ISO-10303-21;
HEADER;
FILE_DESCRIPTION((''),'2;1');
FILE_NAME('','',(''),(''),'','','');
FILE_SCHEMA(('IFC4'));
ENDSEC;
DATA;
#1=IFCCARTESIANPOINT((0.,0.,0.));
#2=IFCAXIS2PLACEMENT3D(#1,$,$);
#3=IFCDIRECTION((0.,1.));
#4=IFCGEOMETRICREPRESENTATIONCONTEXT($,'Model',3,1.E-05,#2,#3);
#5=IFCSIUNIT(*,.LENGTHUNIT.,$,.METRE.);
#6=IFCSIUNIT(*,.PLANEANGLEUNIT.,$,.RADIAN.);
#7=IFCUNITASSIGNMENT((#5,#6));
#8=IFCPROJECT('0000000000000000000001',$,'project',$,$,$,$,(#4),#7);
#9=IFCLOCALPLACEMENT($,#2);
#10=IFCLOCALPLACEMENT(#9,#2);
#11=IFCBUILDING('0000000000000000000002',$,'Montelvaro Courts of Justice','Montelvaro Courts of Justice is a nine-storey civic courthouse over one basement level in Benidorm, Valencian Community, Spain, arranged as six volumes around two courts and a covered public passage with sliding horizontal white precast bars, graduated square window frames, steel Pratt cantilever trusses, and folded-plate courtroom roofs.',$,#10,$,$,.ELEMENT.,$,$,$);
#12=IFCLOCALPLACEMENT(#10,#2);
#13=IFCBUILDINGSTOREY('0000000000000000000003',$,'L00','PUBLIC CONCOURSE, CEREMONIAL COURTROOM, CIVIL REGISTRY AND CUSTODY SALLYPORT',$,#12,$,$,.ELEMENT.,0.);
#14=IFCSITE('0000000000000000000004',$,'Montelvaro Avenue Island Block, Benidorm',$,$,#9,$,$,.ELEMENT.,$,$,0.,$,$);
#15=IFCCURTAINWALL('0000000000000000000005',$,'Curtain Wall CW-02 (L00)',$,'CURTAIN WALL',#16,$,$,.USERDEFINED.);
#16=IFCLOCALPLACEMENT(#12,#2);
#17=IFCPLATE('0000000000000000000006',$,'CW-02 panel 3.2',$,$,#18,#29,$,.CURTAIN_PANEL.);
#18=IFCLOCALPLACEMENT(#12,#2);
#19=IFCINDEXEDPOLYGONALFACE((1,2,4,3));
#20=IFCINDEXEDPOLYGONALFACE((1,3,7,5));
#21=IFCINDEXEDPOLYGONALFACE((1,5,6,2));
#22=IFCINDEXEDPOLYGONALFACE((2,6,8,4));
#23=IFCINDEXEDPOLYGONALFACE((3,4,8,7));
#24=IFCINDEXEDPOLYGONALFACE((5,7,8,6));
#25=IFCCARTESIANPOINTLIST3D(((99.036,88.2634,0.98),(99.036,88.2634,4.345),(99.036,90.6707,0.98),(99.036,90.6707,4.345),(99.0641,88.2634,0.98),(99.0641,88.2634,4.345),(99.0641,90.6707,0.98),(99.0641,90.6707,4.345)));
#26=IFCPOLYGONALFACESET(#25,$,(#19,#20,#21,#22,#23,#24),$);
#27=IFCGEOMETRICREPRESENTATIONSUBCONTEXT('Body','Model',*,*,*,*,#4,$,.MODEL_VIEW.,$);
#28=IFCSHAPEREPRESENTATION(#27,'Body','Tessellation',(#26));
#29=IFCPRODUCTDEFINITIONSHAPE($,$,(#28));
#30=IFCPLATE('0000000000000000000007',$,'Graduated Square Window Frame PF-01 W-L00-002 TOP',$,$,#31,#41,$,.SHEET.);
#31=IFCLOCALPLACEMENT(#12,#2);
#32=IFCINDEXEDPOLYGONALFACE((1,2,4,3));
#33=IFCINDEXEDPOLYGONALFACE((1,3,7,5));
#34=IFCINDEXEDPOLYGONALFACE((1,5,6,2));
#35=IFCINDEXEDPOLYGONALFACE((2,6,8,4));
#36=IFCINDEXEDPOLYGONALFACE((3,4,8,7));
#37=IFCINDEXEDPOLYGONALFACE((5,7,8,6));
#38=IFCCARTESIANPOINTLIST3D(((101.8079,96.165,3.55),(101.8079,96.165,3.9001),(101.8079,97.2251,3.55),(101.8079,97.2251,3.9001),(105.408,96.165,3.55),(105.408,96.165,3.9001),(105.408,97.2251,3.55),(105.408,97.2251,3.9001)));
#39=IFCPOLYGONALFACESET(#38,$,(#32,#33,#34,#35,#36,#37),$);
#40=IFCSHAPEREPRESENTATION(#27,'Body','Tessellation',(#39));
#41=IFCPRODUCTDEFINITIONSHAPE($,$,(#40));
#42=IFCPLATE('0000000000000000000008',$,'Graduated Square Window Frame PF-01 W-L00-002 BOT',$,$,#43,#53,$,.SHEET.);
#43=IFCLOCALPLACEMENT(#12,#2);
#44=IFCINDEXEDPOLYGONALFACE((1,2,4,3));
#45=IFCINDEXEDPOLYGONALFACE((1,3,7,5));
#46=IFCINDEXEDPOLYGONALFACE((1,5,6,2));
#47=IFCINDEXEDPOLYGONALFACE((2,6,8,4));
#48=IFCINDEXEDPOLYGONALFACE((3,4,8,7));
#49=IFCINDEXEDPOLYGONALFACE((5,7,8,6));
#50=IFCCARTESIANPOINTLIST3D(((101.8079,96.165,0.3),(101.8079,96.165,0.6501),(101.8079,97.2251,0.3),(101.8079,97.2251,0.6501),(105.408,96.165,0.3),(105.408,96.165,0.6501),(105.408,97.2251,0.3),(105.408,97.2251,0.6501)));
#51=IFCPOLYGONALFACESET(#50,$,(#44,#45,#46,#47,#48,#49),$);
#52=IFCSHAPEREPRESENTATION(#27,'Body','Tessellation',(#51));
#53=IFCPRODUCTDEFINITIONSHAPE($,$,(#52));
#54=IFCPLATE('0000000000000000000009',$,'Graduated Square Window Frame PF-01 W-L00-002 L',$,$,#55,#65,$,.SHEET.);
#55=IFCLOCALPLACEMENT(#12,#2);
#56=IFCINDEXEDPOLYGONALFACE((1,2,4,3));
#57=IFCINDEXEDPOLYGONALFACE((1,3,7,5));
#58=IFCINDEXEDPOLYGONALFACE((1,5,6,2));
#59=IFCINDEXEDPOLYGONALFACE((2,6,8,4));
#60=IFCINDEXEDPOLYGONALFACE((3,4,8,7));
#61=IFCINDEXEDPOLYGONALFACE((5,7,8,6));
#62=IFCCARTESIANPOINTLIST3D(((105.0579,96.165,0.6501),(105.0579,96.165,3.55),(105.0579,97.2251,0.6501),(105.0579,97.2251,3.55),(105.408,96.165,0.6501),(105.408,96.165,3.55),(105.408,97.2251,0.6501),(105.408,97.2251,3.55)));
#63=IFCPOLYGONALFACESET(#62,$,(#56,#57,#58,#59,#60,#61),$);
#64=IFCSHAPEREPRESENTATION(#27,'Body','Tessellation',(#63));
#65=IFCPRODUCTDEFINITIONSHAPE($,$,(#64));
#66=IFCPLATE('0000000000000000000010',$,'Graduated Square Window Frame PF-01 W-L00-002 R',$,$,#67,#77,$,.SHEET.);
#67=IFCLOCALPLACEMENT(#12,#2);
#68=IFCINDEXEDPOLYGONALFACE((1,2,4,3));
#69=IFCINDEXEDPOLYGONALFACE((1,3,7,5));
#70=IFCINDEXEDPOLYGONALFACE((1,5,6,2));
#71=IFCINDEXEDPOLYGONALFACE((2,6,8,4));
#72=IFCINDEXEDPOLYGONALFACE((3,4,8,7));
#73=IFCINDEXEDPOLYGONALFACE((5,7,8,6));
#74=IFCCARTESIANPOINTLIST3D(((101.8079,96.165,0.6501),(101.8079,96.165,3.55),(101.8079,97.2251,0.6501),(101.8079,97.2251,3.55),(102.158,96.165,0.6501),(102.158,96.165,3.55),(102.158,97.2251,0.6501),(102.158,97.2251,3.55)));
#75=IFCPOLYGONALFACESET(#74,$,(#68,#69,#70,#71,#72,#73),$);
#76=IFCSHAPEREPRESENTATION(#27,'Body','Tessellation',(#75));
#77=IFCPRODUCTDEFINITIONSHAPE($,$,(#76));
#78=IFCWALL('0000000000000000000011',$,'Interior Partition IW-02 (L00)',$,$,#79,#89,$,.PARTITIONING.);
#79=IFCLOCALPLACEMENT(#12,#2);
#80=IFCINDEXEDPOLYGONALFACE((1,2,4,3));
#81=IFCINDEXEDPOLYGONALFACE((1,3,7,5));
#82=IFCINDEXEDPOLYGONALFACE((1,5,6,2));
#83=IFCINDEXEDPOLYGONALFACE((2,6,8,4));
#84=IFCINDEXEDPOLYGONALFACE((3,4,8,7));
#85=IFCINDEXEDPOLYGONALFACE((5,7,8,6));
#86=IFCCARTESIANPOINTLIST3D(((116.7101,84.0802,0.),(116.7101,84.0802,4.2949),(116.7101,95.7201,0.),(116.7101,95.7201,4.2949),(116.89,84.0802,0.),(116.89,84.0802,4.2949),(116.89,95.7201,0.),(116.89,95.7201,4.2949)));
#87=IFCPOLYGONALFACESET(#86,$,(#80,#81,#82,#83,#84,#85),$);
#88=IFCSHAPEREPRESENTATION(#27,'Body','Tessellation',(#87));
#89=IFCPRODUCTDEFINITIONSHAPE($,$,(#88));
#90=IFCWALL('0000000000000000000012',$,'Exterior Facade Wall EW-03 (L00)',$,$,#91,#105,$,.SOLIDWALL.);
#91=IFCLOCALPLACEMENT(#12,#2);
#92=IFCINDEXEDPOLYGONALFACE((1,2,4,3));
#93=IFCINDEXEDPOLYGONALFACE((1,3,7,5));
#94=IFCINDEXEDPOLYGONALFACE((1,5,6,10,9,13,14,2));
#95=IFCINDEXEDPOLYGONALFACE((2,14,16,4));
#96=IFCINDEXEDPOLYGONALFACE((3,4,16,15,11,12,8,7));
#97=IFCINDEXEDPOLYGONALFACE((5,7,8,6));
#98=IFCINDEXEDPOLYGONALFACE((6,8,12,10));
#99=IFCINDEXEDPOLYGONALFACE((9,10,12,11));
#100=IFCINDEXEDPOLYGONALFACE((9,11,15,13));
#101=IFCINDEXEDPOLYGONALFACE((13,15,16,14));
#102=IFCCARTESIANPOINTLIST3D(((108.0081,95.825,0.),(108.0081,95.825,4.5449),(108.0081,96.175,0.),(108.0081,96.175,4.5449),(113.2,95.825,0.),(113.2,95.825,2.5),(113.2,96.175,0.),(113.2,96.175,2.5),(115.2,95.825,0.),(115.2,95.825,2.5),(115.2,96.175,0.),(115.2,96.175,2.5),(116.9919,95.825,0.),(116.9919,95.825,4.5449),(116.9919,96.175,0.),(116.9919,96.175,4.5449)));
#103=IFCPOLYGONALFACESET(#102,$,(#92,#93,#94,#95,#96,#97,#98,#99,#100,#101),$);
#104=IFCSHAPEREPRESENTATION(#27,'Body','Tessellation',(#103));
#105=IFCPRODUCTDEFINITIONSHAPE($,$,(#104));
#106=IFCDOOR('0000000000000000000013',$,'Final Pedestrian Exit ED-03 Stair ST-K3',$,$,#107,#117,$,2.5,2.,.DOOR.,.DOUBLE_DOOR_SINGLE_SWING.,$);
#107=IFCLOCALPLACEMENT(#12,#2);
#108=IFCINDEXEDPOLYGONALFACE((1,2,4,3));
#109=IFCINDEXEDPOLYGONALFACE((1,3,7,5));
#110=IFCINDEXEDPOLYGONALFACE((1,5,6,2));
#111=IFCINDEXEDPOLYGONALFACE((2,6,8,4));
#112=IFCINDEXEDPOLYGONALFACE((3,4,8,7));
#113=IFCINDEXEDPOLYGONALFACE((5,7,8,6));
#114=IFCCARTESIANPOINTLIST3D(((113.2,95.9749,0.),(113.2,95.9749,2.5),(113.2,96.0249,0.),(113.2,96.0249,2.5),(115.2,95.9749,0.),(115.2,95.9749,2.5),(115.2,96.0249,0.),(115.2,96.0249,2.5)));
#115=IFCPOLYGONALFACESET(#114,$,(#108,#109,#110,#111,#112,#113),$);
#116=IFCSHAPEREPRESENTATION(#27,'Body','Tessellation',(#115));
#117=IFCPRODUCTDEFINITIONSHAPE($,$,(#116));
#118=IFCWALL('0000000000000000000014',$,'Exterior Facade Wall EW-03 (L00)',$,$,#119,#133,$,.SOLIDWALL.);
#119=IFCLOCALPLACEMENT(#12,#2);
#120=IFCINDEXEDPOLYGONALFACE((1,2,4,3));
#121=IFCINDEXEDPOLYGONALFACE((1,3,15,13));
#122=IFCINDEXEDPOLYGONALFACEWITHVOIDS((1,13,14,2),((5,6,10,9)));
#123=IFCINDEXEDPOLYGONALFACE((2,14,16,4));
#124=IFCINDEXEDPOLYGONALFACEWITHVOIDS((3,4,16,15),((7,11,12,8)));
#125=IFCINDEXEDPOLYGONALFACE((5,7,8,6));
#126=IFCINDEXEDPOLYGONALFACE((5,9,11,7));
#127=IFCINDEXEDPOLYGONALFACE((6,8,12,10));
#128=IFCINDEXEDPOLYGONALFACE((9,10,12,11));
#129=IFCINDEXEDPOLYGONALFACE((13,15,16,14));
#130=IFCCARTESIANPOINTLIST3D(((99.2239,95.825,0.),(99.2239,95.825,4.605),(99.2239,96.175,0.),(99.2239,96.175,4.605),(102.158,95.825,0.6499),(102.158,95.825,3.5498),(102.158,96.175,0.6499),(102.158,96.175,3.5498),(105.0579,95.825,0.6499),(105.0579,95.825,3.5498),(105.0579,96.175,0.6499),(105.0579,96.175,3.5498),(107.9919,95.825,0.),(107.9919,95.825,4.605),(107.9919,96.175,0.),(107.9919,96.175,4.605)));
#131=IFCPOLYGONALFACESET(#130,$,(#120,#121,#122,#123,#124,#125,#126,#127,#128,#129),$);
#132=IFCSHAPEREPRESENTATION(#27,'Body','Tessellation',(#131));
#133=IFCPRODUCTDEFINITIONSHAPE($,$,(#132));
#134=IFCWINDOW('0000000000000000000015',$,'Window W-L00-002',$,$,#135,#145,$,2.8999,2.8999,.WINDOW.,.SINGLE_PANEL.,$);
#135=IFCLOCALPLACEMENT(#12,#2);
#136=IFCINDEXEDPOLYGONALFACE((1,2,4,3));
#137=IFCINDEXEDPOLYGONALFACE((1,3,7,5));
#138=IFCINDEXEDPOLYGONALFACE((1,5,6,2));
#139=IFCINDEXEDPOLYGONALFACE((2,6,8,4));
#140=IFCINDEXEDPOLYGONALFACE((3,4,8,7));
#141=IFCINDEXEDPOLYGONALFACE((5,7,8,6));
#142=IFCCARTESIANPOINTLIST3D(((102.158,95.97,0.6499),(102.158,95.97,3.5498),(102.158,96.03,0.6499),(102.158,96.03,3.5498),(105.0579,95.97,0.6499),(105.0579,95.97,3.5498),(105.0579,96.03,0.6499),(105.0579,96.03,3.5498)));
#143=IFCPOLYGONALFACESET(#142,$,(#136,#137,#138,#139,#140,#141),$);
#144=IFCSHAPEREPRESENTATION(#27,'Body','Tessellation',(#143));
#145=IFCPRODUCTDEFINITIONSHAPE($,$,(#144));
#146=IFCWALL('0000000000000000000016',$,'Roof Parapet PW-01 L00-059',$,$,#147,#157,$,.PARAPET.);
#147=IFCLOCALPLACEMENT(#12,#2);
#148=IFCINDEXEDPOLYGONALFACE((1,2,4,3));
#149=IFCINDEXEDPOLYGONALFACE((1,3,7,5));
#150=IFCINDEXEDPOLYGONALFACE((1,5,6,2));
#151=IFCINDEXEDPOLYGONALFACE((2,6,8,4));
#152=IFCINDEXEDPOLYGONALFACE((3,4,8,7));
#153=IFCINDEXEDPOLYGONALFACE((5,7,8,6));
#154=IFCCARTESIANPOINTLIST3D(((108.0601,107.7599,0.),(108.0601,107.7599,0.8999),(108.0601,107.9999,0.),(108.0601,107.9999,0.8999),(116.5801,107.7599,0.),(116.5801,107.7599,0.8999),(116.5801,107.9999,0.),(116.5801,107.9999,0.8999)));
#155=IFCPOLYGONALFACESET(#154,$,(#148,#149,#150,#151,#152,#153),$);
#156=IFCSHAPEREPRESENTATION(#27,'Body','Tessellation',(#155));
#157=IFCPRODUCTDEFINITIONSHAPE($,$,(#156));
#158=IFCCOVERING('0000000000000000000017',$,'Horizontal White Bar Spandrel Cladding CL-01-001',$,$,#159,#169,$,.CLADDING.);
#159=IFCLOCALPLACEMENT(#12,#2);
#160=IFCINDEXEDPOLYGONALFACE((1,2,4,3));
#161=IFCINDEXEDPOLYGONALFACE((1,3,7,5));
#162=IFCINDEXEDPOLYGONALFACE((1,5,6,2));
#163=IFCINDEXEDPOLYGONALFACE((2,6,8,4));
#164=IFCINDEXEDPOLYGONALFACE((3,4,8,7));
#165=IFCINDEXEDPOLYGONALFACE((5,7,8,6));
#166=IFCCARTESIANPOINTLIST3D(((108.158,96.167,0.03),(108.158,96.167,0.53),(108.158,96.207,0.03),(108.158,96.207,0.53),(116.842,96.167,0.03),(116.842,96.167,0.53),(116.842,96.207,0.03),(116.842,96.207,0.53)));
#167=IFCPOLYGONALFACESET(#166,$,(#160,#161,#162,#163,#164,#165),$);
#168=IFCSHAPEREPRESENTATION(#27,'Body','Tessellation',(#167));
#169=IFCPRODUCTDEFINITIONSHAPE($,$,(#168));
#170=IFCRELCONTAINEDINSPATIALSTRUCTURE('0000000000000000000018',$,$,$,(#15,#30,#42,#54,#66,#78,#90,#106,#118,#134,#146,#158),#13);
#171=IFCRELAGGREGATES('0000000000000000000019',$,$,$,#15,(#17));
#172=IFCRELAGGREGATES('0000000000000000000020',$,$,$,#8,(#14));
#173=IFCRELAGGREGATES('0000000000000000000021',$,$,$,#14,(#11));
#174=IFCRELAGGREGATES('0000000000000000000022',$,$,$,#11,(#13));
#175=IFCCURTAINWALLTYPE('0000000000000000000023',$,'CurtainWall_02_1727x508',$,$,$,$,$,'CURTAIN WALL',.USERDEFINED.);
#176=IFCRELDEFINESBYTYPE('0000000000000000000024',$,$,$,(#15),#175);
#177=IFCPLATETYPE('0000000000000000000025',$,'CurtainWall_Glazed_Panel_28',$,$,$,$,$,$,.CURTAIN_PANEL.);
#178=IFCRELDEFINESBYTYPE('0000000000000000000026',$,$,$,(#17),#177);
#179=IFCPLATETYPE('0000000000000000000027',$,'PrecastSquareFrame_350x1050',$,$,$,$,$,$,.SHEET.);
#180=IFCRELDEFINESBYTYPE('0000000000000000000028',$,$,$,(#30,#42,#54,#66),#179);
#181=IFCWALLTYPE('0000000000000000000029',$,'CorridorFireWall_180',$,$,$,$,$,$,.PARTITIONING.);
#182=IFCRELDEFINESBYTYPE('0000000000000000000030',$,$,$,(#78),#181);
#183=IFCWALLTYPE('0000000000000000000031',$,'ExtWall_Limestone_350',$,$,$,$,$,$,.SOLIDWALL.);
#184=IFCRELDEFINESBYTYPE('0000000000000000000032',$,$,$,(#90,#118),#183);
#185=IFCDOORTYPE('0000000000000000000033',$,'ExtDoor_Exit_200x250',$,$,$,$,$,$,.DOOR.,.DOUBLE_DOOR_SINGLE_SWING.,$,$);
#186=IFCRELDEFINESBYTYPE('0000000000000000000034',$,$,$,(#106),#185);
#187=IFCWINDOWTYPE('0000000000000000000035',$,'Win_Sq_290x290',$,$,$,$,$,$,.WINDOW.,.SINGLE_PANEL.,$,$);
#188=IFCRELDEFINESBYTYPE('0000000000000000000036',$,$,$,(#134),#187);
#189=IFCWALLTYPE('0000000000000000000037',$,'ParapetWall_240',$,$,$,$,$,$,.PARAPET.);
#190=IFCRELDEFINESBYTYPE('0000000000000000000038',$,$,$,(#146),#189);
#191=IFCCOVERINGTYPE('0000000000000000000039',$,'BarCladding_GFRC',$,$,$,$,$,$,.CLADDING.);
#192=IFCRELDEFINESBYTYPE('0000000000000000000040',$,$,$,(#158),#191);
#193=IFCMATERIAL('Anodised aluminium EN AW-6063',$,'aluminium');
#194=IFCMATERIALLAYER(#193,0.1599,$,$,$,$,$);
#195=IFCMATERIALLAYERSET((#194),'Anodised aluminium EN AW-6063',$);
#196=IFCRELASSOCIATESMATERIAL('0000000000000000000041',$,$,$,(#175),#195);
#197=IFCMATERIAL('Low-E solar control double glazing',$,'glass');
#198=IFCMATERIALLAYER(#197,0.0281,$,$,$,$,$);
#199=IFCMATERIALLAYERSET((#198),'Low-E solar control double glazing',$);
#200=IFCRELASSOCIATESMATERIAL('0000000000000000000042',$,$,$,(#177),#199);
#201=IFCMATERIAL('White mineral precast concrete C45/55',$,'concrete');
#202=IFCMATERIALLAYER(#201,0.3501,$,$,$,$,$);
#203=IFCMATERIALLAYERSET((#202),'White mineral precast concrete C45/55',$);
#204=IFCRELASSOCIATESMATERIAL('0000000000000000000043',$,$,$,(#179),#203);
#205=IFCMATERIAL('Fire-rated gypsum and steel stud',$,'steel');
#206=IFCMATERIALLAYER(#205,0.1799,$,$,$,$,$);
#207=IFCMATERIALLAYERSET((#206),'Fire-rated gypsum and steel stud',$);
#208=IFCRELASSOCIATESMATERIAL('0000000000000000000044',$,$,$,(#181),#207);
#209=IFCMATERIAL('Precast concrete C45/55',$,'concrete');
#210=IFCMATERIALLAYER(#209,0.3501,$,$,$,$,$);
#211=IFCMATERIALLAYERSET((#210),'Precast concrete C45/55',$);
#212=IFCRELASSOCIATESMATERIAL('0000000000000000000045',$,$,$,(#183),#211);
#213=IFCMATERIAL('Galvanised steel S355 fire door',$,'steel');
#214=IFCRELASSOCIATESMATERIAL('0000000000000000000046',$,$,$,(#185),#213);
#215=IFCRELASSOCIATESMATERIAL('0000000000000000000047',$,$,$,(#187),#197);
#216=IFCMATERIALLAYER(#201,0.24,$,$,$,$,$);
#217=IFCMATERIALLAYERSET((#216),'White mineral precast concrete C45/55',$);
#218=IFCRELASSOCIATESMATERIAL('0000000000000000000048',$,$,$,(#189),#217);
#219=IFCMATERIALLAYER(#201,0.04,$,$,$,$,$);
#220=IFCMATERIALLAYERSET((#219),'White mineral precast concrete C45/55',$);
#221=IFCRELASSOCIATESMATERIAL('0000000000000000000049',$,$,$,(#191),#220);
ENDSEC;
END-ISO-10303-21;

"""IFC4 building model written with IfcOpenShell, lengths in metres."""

from ifc_helpers import new_model, si_unit, direction, frame, frame_2d, origin, origin_2d, place, context, subcontext, project, spatial, rectangle, extrude, material, layer, layer_set, type_object, element, fill, aggregate, save


model = new_model("IFC4")

# Units and contexts
model_context = context("Model", 3, precision=1e-05, world=origin(), true_north=direction((0.0, 1.0)))
body_context = subcontext(model_context, "Body", "Model", "MODEL_VIEW")
ifc_project = project(units=[si_unit("LENGTHUNIT", "METRE"), si_unit("PLANEANGLEUNIT", "RADIAN")], contexts=[model_context])

# Site, building, storey
site_placement = place(None, origin())
site = spatial("IfcSite", under=ifc_project, at=site_placement, Name="Montelvaro Avenue Island Block, Benidorm", CompositionType="ELEMENT", RefElevation=0.0)
building_placement = place(site_placement, origin())
building = spatial("IfcBuilding", under=site, at=building_placement, Name="Montelvaro Courts of Justice", Description="Montelvaro Courts of Justice is a nine-storey civic courthouse over one basement level in Benidorm, Valencian Community, Spain, arranged as six volumes around two courts and a covered public passage with sliding horizontal white precast bars, graduated square window frames, steel Pratt cantilever trusses, and folded-plate courtroom roofs.", CompositionType="ELEMENT")
storey_placement = place(building_placement, origin())
storey = spatial("IfcBuildingStorey", under=building, at=storey_placement, Name="L00", Description="PUBLIC CONCOURSE, CEREMONIAL COURTROOM, CIVIL REGISTRY AND CUSTODY SALLYPORT", CompositionType="ELEMENT", Elevation=0.0)

# Curtain wall, plate
ifc_material_1 = material(Name="Anodised aluminium EN AW-6063", Category="aluminium")
ifc_layer_1 = layer(ifc_material_1, 0.1599)
ifc_layer_set_1 = layer_set([ifc_layer_1], Name="Anodised aluminium EN AW-6063")
curtain_wall_type = type_object("IfcCurtainWallType", Name="CurtainWall_02_1727x508", ElementType="CURTAIN WALL", PredefinedType="USERDEFINED", material=ifc_layer_set_1)
curtain_wall_placement = place(storey_placement, origin())
curtain_wall = element("IfcCurtainWall", 1, at=curtain_wall_placement, inside=storey, type_object=curtain_wall_type, Name="Curtain Wall CW-02 (L00)", ObjectType="CURTAIN WALL", PredefinedType="USERDEFINED")
ifc_material_2 = material(Name="Low-E solar control double glazing", Category="glass")
ifc_layer_2 = layer(ifc_material_2, 0.0281)
ifc_layer_set_2 = layer_set([ifc_layer_2], Name="Low-E solar control double glazing")
plate_type_1 = type_object("IfcPlateType", Name="CurtainWall_Glazed_Panel_28", PredefinedType="CURTAIN_PANEL", material=ifc_layer_set_2)
plate_1_placement = place(storey_placement, frame((99.05, 89.467, 0.98), z_axis=(0.0, 0.0, 1.0), x_axis=(0.0, -1.0, 0.0)))
plate_1 = element("IfcPlate", 2, at=plate_1_placement, type_object=plate_type_1, Name="CW-02 panel 3.2", PredefinedType="CURTAIN_PANEL", context=body_context, shape_type="SweptSolid", body=[
    extrude(rectangle(XDim=2.4072, YDim=0.0281, at=origin_2d()), origin(), (0.0, 0.0, 1.0), 3.365),
])
aggregate(curtain_wall, [plate_1])

# Plates
ifc_material_3 = material(Name="White mineral precast concrete C45/55", Category="concrete")
ifc_layer_3 = layer(ifc_material_3, 0.3501)
ifc_layer_set_3 = layer_set([ifc_layer_3], Name="White mineral precast concrete C45/55")
plate_type_2 = type_object("IfcPlateType", Name="PrecastSquareFrame_350x1050", PredefinedType="SHEET", material=ifc_layer_set_3)
for number, where, z_axis, x_axis, name in (
    (3, (103.6079, 96.6951, 3.55), (0.0, 0.0, 1.0), (-1.0, 0.0, 0.0), "Graduated Square Window Frame PF-01 W-L00-002 TOP"),
    (4, (103.6079, 96.6951, 0.3), (0.0, 0.0, 1.0), (-1.0, 0.0, 0.0), "Graduated Square Window Frame PF-01 W-L00-002 BOT"),
):
    element("IfcPlate", number, at=place(storey_placement, frame(where, z_axis=z_axis, x_axis=x_axis)), inside=storey, type_object=plate_type_2, Name=name, PredefinedType="SHEET", context=body_context, shape_type="SweptSolid", body=[
        extrude(rectangle(XDim=3.6001, YDim=1.0601, at=origin_2d()), origin(), (0.0, 0.0, 1.0), 0.3501),
    ])
for number, where, z_axis, x_axis, name in (
    (5, (105.2329, 96.6951, 0.6501), (0.0, 0.0, 1.0), (-1.0, 0.0, 0.0), "Graduated Square Window Frame PF-01 W-L00-002 L"),
    (6, (101.9829, 96.6951, 0.6501), (0.0, 0.0, 1.0), (-1.0, 0.0, 0.0), "Graduated Square Window Frame PF-01 W-L00-002 R"),
):
    element("IfcPlate", number, at=place(storey_placement, frame(where, z_axis=z_axis, x_axis=x_axis)), inside=storey, type_object=plate_type_2, Name=name, PredefinedType="SHEET", context=body_context, shape_type="SweptSolid", body=[
        extrude(rectangle(XDim=0.3501, YDim=1.0601, at=origin_2d()), origin(), (0.0, 0.0, 1.0), 2.8999),
    ])

# Wall
ifc_material_4 = material(Name="Fire-rated gypsum and steel stud", Category="steel")
ifc_layer_4 = layer(ifc_material_4, 0.1799)
ifc_layer_set_4 = layer_set([ifc_layer_4], Name="Fire-rated gypsum and steel stud")
wall_type_1 = type_object("IfcWallType", Name="CorridorFireWall_180", PredefinedType="PARTITIONING", material=ifc_layer_set_4)
wall_1_placement = place(storey_placement, frame((116.8, 95.72, 0.0), z_axis=(0.0, 0.0, 1.0), x_axis=(0.0, -1.0, 0.0)))
element("IfcWall", 7, at=wall_1_placement, inside=storey, type_object=wall_type_1, Name="Interior Partition IW-02 (L00)", PredefinedType="PARTITIONING", context=body_context, shape_type="SweptSolid", body=[
    extrude(rectangle(XDim=11.6399, YDim=0.1799, at=frame_2d((5.8198, 0.0))), origin(), (0.0, 0.0, 1.0), 4.2949),
])

# Wall, opening, door
ifc_material_5 = material(Name="Precast concrete C45/55", Category="concrete")
ifc_layer_5 = layer(ifc_material_5, 0.3501)
ifc_layer_set_5 = layer_set([ifc_layer_5], Name="Precast concrete C45/55")
wall_type_2 = type_object("IfcWallType", Name="ExtWall_Limestone_350", PredefinedType="SOLIDWALL", material=ifc_layer_set_5)
wall_2_placement = place(storey_placement, frame((116.9919, 96.0, 0.0), z_axis=(0.0, 0.0, 1.0), x_axis=(-1.0, 0.0, 0.0)))
wall_2 = element("IfcWall", 8, at=wall_2_placement, inside=storey, type_object=wall_type_2, Name="Exterior Facade Wall EW-03 (L00)", PredefinedType="SOLIDWALL", context=body_context, shape_type="SweptSolid", body=[
    extrude(rectangle(XDim=8.9839, YDim=0.3501, at=frame_2d((4.4919, 0.0))), origin(), (0.0, 0.0, 1.0), 4.5449),
])
opening_1_placement = place(wall_2_placement, frame((1.792, 0.0, 0.0)))
opening_1 = element("IfcOpeningElement", 9, at=opening_1_placement, cuts=wall_2, PredefinedType="OPENING", context=body_context, shape_type="SweptSolid", body=[
    extrude(rectangle(XDim=2.0, YDim=2.5, at=frame_2d((1.0, 1.25))), frame((0.0, 0.1899, 0.0), z_axis=(0.0, -1.0, 0.0), x_axis=(1.0, 0.0, 0.0)), (0.0, 0.0, 1.0), 0.3799),
])
ifc_material_6 = material(Name="Galvanised steel S355 fire door", Category="steel")
door_type = type_object("IfcDoorType", Name="ExtDoor_Exit_200x250", OperationType="DOUBLE_DOOR_SINGLE_SWING", PredefinedType="DOOR", material=ifc_material_6)
door_placement = place(opening_1_placement, frame((2.0, 0.0, 0.0), z_axis=(0.0, 0.0, 1.0), x_axis=(-1.0, 0.0, 0.0)))
door = element("IfcDoor", 10, at=door_placement, inside=storey, type_object=door_type, Name="Final Pedestrian Exit ED-03 Stair ST-K3", OperationType="DOUBLE_DOOR_SINGLE_SWING", OverallHeight=2.5, OverallWidth=2.0, PredefinedType="DOOR", context=body_context, shape_type="SweptSolid", body=[
    extrude(rectangle(XDim=2.0, YDim=2.5, at=frame_2d((1.0, 1.25))), frame((0.0, 0.0249, 0.0), z_axis=(0.0, -1.0, 0.0), x_axis=(1.0, 0.0, 0.0)), (0.0, 0.0, 1.0), 0.05),
])
fill(opening_1, door)

# Wall, opening, window
wall_3_placement = place(storey_placement, frame((107.9919, 96.0, 0.0), z_axis=(0.0, 0.0, 1.0), x_axis=(-1.0, 0.0, 0.0)))
wall_3 = element("IfcWall", 11, at=wall_3_placement, inside=storey, type_object=wall_type_2, Name="Exterior Facade Wall EW-03 (L00)", PredefinedType="SOLIDWALL", context=body_context, shape_type="SweptSolid", body=[
    extrude(rectangle(XDim=8.7681, YDim=0.3501, at=frame_2d((4.384, 0.0))), origin(), (0.0, 0.0, 1.0), 4.605),
])
opening_2_placement = place(wall_3_placement, frame((2.9341, 0.0, 0.6499)))
opening_2 = element("IfcOpeningElement", 12, at=opening_2_placement, cuts=wall_3, PredefinedType="OPENING", context=body_context, shape_type="SweptSolid", body=[
    extrude(rectangle(XDim=2.8999, YDim=2.8999, at=frame_2d((1.45, 1.45))), frame((0.0, 0.1899, 0.0), z_axis=(0.0, -1.0, 0.0), x_axis=(1.0, 0.0, 0.0)), (0.0, 0.0, 1.0), 0.3799),
])
window_type = type_object("IfcWindowType", Name="Win_Sq_290x290", PartitioningType="SINGLE_PANEL", PredefinedType="WINDOW", material=ifc_material_2)
window_placement = place(opening_2_placement, origin())
window = element("IfcWindow", 13, at=window_placement, inside=storey, type_object=window_type, Name="Window W-L00-002", OverallHeight=2.8999, OverallWidth=2.8999, PartitioningType="SINGLE_PANEL", PredefinedType="WINDOW", context=body_context, shape_type="SweptSolid", body=[
    extrude(rectangle(XDim=2.8999, YDim=2.8999, at=frame_2d((1.45, 1.45))), frame((0.0, 0.03, 0.0), z_axis=(0.0, -1.0, 0.0), x_axis=(1.0, 0.0, 0.0)), (0.0, 0.0, 1.0), 0.0601),
])
fill(opening_2, window)

# Wall
ifc_layer_6 = layer(ifc_material_3, 0.24)
ifc_layer_set_6 = layer_set([ifc_layer_6], Name="White mineral precast concrete C45/55")
wall_type_3 = type_object("IfcWallType", Name="ParapetWall_240", PredefinedType="PARAPET", material=ifc_layer_set_6)
wall_4_placement = place(storey_placement, frame((108.0601, 107.8799, 0.0), z_axis=(0.0, 0.0, 1.0), x_axis=(1.0, 0.0, 0.0)))
element("IfcWall", 14, at=wall_4_placement, inside=storey, type_object=wall_type_3, Name="Roof Parapet PW-01 L00-059", PredefinedType="PARAPET", context=body_context, shape_type="SweptSolid", body=[
    extrude(rectangle(XDim=8.52, YDim=0.24, at=frame_2d((4.26, 0.0))), origin(), (0.0, 0.0, 1.0), 0.8999),
])

# Covering
ifc_layer_7 = layer(ifc_material_3, 0.04)
ifc_layer_set_7 = layer_set([ifc_layer_7], Name="White mineral precast concrete C45/55")
covering_type = type_object("IfcCoveringType", Name="BarCladding_GFRC", PredefinedType="CLADDING", material=ifc_layer_set_7)
covering_placement = place(storey_placement, frame((112.5, 96.187, 0.03), z_axis=(0.0, 0.0, 1.0), x_axis=(-1.0, 0.0, 0.0)))
element("IfcCovering", 15, at=covering_placement, inside=storey, type_object=covering_type, Name="Horizontal White Bar Spandrel Cladding CL-01-001", PredefinedType="CLADDING", context=body_context, shape_type="SweptSolid", body=[
    extrude(rectangle(XDim=8.6841, YDim=0.04, at=origin_2d()), origin(), (0.0, 0.0, 1.0), 0.5),
])

save(model, "model.ifc")
